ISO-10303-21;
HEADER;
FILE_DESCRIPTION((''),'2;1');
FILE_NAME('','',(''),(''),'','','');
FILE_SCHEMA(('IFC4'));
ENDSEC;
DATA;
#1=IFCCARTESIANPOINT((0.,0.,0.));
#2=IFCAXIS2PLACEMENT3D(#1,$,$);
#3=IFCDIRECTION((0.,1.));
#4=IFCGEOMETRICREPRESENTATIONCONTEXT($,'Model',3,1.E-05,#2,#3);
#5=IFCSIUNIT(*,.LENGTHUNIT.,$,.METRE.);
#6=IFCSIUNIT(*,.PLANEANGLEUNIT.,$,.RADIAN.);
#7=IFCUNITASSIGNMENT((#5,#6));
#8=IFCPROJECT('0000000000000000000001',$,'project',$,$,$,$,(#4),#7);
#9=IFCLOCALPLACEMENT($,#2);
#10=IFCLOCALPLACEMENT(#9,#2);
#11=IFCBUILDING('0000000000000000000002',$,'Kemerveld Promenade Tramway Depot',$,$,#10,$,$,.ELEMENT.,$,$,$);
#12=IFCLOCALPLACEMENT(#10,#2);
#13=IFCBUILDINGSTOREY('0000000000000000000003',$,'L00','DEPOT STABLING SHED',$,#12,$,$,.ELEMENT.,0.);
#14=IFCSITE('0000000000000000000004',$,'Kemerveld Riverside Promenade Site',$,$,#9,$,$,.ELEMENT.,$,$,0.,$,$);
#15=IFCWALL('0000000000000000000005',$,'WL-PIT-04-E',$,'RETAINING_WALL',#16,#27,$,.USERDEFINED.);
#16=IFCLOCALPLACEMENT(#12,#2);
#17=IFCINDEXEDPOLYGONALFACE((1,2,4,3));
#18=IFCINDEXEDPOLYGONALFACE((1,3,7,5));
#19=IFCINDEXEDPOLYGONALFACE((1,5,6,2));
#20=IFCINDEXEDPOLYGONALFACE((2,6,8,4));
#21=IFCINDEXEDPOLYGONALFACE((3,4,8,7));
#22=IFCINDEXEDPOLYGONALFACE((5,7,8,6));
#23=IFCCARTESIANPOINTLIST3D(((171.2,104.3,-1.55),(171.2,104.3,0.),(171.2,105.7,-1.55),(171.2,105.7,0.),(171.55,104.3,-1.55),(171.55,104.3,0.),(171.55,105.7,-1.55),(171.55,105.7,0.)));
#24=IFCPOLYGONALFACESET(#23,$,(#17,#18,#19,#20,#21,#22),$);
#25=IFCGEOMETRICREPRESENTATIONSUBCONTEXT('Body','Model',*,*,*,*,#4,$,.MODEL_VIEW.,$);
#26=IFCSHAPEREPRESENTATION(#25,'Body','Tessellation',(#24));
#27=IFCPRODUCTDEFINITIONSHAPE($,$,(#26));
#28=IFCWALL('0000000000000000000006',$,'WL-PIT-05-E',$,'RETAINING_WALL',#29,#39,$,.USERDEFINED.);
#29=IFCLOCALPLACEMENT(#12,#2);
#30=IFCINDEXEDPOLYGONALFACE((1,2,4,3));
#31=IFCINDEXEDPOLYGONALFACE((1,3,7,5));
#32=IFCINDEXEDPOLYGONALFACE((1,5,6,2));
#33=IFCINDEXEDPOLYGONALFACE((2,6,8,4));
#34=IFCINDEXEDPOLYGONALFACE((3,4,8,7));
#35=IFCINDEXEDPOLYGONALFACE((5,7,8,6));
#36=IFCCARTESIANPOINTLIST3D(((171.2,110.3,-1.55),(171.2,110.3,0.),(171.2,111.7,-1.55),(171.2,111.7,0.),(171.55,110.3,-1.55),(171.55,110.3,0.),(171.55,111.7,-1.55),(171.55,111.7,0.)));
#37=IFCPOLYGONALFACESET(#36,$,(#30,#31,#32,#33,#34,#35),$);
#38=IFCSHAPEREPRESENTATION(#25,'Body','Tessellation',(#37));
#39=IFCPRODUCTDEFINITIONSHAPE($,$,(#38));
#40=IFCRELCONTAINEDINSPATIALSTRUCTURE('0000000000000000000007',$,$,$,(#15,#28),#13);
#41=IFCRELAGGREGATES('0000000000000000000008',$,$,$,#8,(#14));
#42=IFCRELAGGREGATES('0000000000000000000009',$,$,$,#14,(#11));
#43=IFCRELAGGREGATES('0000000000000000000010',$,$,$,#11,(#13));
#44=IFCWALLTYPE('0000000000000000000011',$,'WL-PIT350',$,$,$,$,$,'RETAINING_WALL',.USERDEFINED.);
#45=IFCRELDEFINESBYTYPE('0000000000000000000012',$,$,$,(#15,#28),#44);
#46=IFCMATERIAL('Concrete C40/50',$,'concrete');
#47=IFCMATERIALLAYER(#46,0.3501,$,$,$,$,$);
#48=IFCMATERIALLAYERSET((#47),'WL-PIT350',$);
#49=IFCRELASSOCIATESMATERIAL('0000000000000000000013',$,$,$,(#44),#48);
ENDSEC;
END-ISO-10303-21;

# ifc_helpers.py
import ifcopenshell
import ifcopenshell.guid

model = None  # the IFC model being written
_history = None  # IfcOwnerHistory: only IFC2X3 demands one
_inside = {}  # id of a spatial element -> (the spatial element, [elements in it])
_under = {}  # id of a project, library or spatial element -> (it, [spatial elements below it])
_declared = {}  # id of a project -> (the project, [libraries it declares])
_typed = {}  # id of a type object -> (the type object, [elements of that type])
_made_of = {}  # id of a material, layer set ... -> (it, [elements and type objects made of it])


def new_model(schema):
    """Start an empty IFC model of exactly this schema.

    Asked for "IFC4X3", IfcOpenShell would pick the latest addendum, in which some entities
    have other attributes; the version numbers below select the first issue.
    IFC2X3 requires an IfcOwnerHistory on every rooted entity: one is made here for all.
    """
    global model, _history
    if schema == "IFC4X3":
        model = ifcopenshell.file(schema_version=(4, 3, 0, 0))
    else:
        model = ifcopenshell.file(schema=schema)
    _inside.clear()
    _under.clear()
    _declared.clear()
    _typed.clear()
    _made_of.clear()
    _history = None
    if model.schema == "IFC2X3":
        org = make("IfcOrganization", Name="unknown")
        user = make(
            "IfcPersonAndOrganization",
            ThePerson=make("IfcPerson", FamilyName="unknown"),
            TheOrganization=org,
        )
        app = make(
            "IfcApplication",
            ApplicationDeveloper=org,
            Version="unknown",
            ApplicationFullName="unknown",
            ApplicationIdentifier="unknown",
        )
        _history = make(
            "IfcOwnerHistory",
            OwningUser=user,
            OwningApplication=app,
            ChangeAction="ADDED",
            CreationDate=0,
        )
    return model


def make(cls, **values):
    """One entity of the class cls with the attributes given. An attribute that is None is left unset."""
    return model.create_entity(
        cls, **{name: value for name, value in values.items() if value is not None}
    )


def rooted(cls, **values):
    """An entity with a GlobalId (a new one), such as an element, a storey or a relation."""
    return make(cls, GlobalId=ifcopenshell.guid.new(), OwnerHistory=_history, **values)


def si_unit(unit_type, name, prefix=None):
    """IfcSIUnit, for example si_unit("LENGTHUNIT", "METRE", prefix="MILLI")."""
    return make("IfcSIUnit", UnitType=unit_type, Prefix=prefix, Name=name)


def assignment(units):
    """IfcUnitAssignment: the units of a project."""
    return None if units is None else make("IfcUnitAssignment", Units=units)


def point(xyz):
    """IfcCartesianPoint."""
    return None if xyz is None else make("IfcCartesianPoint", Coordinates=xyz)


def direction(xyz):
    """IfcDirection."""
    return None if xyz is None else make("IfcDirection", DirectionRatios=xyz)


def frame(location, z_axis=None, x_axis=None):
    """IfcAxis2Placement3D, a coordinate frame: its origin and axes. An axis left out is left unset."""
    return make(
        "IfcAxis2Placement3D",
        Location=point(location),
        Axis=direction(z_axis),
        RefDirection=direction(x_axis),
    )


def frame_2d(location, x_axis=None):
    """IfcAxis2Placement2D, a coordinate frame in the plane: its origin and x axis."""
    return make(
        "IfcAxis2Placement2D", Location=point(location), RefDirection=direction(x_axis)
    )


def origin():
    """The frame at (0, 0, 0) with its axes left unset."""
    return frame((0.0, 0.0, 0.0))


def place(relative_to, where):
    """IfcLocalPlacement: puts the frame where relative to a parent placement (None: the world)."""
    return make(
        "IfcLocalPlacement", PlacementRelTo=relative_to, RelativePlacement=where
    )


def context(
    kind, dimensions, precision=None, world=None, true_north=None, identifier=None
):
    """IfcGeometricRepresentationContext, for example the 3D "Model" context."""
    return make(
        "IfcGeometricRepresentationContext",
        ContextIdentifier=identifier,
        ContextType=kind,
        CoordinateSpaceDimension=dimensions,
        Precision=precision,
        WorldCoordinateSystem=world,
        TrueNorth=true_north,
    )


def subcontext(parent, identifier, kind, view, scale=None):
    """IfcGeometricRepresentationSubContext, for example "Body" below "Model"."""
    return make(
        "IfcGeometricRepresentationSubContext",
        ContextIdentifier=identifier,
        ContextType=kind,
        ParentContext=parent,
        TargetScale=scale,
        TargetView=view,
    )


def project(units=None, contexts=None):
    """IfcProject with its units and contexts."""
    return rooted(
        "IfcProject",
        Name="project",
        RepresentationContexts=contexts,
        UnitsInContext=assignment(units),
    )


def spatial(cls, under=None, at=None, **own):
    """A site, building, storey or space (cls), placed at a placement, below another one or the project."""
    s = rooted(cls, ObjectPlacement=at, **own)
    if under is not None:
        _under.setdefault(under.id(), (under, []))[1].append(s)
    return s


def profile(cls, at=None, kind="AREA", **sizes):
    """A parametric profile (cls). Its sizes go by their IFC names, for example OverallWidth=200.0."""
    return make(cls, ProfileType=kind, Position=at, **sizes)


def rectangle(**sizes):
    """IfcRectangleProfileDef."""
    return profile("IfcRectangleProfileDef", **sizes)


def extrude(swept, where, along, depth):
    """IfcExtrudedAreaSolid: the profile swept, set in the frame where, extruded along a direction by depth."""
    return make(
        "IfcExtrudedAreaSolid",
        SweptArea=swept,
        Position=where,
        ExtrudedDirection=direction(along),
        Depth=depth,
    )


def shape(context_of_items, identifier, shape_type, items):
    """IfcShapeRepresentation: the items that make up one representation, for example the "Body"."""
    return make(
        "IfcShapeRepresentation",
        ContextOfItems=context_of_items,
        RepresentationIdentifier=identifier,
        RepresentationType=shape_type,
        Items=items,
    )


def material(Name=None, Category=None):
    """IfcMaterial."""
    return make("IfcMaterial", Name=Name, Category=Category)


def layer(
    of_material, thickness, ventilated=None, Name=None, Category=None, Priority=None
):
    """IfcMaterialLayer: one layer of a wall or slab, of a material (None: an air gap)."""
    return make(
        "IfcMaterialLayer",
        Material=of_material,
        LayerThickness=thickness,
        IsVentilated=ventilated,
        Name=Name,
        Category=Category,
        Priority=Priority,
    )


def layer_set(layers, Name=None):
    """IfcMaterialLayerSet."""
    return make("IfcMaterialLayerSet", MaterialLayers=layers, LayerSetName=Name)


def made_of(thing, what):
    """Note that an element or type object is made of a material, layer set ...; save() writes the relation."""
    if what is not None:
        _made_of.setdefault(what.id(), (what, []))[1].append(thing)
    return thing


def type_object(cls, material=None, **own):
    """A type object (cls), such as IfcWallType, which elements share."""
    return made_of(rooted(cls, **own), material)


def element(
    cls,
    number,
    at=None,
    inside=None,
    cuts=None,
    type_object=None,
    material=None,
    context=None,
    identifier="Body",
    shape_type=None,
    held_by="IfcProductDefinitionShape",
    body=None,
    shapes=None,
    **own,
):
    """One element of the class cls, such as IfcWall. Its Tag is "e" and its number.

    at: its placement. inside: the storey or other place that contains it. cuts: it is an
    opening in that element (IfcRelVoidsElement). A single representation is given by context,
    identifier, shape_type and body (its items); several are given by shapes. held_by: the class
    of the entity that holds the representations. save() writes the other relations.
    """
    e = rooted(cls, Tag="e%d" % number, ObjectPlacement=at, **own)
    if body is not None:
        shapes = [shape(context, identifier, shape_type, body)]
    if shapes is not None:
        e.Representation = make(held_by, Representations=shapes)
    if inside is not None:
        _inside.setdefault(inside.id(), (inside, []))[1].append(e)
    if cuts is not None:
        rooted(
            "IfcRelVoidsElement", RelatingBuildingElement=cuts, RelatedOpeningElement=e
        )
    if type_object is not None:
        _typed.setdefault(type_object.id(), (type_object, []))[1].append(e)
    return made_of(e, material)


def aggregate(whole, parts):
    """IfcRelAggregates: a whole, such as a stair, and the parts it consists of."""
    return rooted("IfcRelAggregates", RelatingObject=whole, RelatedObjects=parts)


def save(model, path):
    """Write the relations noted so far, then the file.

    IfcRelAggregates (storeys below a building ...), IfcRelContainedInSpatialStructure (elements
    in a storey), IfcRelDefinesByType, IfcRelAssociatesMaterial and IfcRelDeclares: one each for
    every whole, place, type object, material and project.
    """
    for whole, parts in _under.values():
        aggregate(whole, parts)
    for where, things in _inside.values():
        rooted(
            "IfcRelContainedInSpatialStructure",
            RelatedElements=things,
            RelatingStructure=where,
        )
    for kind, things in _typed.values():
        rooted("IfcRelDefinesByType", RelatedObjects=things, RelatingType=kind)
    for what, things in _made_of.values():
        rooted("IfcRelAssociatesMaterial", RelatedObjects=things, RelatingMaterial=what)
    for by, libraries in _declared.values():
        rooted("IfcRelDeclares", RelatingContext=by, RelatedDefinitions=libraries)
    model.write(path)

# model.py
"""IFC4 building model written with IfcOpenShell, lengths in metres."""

from ifc_helpers import new_model, si_unit, direction, frame, frame_2d, origin, place, context, subcontext, project, spatial, rectangle, extrude, material, layer, layer_set, type_object, element, save


model = new_model("IFC4")

# Units and contexts
model_context = context("Model", 3, precision=1e-05, world=origin(), true_north=direction((0.0, 1.0)))
body_context = subcontext(model_context, "Body", "Model", "MODEL_VIEW")
ifc_project = project(units=[si_unit("LENGTHUNIT", "METRE"), si_unit("PLANEANGLEUNIT", "RADIAN")], contexts=[model_context])

# Site, building, storey
site_placement = place(None, origin())
site = spatial("IfcSite", under=ifc_project, at=site_placement, Name="Kemerveld Riverside Promenade Site", CompositionType="ELEMENT", RefElevation=0.0)
building_placement = place(site_placement, origin())
building = spatial("IfcBuilding", under=site, at=building_placement, Name="Kemerveld Promenade Tramway Depot", CompositionType="ELEMENT")
storey_placement = place(building_placement, origin())
storey = spatial("IfcBuildingStorey", under=building, at=storey_placement, Name="L00", Description="DEPOT STABLING SHED", CompositionType="ELEMENT", Elevation=0.0)

# Walls
ifc_material_1 = material(Name="Concrete C40/50", Category="concrete")
ifc_layer_1 = layer(ifc_material_1, 0.3501)
ifc_layer_set_1 = layer_set([ifc_layer_1], Name="WL-PIT350")
wall_type = type_object("IfcWallType", Name="WL-PIT350", ElementType="RETAINING_WALL", PredefinedType="USERDEFINED", material=ifc_layer_set_1)
for number, where, z_axis, x_axis, name in (
    (1, (171.375, 104.3, -1.55), (0.0, 0.0, 1.0), (0.0, 1.0, 0.0), "WL-PIT-04-E"),
    (2, (171.375, 110.3, -1.55), (0.0, 0.0, 1.0), (0.0, 1.0, 0.0), "WL-PIT-05-E"),
):
    element("IfcWall", number, at=place(storey_placement, frame(where, z_axis=z_axis, x_axis=x_axis)), inside=storey, type_object=wall_type, Name=name, ObjectType="RETAINING_WALL", PredefinedType="USERDEFINED", context=body_context, shape_type="SweptSolid", body=[
        extrude(rectangle(XDim=1.3999, YDim=0.3501, at=frame_2d((0.7, 0.0))), origin(), (0.0, 0.0, 1.0), 1.55),
    ])

save(model, "model.ifc")
